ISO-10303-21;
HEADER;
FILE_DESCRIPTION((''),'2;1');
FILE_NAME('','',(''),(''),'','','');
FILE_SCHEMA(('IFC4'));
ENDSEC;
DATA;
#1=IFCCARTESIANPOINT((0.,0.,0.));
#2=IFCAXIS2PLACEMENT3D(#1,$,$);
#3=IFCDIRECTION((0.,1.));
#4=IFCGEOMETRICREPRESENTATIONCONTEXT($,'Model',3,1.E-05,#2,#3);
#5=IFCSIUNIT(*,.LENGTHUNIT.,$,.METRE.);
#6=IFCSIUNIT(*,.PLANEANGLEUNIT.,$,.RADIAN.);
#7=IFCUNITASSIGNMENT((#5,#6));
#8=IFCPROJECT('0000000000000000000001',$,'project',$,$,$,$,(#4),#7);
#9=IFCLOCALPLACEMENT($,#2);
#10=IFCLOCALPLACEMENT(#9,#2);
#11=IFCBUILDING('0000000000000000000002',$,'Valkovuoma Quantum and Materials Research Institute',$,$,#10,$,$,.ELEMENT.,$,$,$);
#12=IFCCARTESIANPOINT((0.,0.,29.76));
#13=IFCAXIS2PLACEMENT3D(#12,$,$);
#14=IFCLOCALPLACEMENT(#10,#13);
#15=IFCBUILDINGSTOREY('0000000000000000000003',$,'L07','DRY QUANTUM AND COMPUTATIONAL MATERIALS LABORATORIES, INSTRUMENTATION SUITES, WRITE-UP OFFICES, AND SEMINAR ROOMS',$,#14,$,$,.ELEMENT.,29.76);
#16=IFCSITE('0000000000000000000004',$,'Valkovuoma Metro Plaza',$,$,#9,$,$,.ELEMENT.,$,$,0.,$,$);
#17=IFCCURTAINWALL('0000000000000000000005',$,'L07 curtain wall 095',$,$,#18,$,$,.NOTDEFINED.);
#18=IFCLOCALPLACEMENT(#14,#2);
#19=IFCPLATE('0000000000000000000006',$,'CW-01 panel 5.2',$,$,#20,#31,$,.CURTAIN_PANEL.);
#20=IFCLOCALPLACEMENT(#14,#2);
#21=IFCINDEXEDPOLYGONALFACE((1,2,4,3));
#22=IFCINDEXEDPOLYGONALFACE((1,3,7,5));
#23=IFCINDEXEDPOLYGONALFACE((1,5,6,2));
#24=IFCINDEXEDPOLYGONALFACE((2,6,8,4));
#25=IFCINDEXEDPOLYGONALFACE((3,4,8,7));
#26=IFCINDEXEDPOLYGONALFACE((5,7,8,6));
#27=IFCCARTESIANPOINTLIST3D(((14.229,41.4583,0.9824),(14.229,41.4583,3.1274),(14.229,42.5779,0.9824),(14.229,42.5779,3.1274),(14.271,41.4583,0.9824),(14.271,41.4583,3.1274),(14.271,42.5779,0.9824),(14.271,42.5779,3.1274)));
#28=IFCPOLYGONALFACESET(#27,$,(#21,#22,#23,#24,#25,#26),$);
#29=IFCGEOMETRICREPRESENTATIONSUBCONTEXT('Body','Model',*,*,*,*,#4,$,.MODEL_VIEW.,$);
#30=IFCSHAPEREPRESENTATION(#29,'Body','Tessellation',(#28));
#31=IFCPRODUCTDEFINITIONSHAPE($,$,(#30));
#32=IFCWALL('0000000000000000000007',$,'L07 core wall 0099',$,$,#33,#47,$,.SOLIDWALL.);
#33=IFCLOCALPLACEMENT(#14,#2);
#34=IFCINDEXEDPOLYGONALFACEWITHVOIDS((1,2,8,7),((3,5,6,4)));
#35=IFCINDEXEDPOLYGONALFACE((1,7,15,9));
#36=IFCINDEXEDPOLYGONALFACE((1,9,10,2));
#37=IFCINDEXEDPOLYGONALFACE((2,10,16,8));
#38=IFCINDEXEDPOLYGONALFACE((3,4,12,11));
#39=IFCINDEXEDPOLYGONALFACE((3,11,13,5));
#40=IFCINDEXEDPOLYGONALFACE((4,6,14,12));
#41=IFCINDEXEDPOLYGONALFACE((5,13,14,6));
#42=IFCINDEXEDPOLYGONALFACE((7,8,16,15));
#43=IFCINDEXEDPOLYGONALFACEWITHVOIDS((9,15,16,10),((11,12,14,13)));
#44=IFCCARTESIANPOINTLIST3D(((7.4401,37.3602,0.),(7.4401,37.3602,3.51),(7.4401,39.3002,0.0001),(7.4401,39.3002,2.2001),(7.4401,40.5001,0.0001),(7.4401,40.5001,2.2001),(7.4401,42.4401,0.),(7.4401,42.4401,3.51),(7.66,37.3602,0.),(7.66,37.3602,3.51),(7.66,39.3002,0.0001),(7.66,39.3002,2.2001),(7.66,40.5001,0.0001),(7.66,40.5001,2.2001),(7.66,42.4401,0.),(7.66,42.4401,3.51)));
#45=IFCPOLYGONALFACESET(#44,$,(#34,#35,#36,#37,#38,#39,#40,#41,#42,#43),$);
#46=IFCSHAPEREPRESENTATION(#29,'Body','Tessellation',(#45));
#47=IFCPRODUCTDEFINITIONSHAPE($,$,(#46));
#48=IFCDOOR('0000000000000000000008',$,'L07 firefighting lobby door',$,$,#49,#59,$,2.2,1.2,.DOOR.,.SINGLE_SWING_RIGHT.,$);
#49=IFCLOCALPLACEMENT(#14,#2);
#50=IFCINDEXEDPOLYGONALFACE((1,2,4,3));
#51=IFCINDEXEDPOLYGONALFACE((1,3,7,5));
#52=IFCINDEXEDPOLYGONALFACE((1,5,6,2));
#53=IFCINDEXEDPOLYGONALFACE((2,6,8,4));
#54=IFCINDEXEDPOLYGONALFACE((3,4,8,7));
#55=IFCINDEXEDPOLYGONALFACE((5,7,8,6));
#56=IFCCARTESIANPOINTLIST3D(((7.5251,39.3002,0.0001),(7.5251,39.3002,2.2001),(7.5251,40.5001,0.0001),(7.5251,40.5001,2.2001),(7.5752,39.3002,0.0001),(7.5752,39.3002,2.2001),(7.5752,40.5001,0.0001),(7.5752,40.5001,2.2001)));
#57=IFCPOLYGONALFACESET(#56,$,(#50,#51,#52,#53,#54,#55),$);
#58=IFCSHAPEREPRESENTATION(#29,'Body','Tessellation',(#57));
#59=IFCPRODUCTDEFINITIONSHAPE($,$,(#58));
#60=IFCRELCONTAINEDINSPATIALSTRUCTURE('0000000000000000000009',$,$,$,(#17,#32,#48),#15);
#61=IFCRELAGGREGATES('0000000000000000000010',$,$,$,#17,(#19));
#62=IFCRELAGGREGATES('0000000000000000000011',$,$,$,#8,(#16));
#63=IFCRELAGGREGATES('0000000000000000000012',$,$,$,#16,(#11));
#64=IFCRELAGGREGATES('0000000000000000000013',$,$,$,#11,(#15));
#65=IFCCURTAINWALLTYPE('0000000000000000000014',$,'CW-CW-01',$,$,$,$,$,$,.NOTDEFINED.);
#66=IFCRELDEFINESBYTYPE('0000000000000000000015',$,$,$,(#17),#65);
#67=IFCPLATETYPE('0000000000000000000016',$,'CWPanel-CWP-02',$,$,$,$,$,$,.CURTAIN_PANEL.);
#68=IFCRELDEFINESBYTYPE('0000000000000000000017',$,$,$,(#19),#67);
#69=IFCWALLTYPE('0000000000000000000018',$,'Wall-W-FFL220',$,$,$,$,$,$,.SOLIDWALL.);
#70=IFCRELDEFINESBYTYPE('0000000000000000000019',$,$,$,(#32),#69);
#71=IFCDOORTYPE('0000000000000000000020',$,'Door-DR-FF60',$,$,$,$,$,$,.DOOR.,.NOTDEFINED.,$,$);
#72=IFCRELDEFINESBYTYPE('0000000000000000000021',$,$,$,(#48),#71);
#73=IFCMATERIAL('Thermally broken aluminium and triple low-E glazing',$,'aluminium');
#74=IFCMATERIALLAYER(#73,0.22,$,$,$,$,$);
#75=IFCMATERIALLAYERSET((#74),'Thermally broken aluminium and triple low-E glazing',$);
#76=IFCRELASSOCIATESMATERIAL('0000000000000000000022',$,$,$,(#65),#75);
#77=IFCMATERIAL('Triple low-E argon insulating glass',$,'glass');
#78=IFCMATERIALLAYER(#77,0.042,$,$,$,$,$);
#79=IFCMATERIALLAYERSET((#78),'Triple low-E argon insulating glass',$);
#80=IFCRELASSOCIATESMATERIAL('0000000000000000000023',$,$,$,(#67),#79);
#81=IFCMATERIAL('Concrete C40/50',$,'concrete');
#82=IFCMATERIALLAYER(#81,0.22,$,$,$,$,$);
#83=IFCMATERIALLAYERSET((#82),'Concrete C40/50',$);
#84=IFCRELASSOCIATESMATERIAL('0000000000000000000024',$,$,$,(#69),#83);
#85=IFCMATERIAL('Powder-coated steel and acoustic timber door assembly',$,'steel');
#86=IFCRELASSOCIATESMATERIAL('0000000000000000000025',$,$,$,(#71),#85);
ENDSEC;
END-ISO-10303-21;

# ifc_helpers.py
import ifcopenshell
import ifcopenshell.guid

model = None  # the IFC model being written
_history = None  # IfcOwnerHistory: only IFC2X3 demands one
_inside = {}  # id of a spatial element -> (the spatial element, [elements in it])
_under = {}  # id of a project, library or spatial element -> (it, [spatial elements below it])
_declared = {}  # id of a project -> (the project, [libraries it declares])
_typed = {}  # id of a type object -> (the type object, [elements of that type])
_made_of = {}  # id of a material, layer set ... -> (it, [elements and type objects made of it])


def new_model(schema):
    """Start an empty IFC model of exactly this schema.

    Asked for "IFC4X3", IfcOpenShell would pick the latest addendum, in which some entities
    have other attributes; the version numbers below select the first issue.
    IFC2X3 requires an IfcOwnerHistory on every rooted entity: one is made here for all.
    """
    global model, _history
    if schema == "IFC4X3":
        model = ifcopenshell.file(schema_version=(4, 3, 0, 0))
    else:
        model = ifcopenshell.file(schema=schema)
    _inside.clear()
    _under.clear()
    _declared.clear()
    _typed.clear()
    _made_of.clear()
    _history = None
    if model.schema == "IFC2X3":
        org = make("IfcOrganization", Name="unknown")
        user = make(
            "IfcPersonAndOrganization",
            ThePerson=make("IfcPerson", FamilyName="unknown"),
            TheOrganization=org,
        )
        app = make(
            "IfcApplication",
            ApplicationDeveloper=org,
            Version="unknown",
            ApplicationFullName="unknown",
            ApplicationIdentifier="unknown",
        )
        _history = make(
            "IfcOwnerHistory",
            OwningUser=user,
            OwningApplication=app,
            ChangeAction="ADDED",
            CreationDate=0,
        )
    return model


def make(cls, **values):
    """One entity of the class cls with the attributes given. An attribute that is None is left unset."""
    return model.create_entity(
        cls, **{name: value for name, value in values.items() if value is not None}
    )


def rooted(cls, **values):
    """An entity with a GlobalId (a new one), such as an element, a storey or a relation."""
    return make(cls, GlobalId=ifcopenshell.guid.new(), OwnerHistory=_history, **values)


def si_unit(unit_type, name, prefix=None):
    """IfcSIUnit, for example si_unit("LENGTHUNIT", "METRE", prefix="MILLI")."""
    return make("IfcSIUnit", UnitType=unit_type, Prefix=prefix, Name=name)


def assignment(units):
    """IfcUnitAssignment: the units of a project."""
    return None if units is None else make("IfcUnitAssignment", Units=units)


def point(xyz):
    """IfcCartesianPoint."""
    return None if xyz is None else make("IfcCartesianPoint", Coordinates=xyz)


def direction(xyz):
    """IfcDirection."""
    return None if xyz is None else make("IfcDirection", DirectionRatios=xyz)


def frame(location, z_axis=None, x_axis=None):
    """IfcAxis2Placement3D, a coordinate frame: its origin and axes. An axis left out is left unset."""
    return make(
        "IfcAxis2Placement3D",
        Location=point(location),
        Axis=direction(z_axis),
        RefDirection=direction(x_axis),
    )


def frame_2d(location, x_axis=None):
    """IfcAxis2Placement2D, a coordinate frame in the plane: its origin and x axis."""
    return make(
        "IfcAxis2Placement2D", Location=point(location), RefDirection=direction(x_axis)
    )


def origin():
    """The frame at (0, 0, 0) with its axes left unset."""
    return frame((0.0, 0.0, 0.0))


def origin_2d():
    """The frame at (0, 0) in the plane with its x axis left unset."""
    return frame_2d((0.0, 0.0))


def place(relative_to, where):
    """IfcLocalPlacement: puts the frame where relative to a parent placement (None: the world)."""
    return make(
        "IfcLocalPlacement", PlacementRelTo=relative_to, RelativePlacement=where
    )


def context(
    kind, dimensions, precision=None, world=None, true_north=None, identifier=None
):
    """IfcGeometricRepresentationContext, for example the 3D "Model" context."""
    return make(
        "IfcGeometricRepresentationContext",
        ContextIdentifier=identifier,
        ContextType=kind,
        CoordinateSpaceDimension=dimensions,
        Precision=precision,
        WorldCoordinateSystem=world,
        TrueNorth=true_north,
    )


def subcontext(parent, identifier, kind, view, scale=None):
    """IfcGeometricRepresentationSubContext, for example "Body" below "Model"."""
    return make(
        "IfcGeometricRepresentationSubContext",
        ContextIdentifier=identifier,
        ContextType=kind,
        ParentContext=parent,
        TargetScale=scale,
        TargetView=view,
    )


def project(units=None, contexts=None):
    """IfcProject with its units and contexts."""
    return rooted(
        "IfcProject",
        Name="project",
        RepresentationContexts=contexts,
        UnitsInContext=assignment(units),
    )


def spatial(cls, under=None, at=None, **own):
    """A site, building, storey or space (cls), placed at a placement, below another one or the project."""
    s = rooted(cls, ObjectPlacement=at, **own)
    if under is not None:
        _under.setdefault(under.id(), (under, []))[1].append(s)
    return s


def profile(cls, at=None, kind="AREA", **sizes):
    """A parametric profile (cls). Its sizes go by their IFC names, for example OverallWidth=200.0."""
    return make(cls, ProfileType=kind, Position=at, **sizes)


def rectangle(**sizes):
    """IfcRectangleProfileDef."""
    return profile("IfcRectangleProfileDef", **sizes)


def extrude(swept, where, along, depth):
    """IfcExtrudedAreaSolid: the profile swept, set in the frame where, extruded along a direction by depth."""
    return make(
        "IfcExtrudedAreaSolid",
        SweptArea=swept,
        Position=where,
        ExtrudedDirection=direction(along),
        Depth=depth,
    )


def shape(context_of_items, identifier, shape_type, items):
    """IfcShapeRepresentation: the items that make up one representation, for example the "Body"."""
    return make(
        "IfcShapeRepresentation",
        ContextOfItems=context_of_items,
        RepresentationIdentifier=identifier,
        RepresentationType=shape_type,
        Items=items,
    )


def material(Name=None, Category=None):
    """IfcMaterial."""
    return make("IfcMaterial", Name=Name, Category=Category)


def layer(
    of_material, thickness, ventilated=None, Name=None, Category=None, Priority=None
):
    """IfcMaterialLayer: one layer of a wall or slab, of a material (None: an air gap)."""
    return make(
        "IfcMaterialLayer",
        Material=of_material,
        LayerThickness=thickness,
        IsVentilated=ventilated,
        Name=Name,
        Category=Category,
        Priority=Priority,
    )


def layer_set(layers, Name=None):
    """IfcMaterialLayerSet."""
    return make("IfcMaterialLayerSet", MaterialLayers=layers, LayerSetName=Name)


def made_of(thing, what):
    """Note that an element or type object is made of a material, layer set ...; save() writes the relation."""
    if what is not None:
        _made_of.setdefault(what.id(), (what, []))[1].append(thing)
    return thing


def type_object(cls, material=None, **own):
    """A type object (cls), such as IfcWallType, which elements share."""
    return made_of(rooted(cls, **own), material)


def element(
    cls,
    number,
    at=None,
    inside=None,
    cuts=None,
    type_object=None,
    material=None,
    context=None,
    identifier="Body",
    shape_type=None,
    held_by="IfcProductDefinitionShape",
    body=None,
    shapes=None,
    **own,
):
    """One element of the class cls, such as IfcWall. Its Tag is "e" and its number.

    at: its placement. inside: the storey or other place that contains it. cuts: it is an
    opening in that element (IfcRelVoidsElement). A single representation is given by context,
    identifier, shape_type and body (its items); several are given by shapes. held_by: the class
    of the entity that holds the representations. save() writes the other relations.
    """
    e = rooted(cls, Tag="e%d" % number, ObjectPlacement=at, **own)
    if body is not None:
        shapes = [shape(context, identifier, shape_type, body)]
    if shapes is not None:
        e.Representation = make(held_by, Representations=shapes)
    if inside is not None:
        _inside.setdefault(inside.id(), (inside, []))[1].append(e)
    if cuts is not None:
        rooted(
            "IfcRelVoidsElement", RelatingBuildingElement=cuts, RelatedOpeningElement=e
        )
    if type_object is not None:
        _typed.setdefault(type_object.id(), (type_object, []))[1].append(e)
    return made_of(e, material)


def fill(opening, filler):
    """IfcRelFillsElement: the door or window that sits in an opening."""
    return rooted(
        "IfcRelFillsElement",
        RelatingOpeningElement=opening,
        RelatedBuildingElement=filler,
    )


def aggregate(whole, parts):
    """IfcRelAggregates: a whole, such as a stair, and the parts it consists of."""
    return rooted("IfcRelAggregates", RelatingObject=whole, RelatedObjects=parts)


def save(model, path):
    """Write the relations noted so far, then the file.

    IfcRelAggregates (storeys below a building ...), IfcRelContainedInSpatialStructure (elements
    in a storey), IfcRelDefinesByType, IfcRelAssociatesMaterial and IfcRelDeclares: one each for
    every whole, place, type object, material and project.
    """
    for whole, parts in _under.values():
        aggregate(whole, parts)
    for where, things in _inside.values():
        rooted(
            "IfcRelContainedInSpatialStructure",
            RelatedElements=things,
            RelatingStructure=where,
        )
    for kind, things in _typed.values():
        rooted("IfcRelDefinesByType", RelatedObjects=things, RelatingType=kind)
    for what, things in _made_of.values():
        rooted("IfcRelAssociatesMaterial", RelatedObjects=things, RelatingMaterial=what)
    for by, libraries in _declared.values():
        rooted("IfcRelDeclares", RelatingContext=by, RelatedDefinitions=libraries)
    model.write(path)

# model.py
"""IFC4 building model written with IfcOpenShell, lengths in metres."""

from ifc_helpers import new_model, si_unit, direction, frame, frame_2d, origin, origin_2d, place, context, subcontext, project, spatial, rectangle, extrude, material, layer, layer_set, type_object, element, fill, aggregate, save


model = new_model("IFC4")

# Units and contexts
model_context = context("Model", 3, precision=1e-05, world=origin(), true_north=direction((0.0, 1.0)))
body_context = subcontext(model_context, "Body", "Model", "MODEL_VIEW")
ifc_project = project(units=[si_unit("LENGTHUNIT", "METRE"), si_unit("PLANEANGLEUNIT", "RADIAN")], contexts=[model_context])

# Site, building, storey
site_placement = place(None, origin())
site = spatial("IfcSite", under=ifc_project, at=site_placement, Name="Valkovuoma Metro Plaza", CompositionType="ELEMENT", RefElevation=0.0)
building_placement = place(site_placement, origin())
building = spatial("IfcBuilding", under=site, at=building_placement, Name="Valkovuoma Quantum and Materials Research Institute", CompositionType="ELEMENT")
storey_placement = place(building_placement, frame((0.0, 0.0, 29.76)))
storey = spatial("IfcBuildingStorey", under=building, at=storey_placement, Name="L07", Description="DRY QUANTUM AND COMPUTATIONAL MATERIALS LABORATORIES, INSTRUMENTATION SUITES, WRITE-UP OFFICES, AND SEMINAR ROOMS", CompositionType="ELEMENT", Elevation=29.76)

# Curtain wall, plate
ifc_material_1 = material(Name="Thermally broken aluminium and triple low-E glazing", Category="aluminium")
ifc_layer_1 = layer(ifc_material_1, 0.22)
ifc_layer_set_1 = layer_set([ifc_layer_1], Name="Thermally broken aluminium and triple low-E glazing")
curtain_wall_type = type_object("IfcCurtainWallType", Name="CW-CW-01", PredefinedType="NOTDEFINED", material=ifc_layer_set_1)
curtain_wall_placement = place(storey_placement, origin())
curtain_wall = element("IfcCurtainWall", 1, at=curtain_wall_placement, inside=storey, type_object=curtain_wall_type, Name="L07 curtain wall 095", PredefinedType="NOTDEFINED")
ifc_material_2 = material(Name="Triple low-E argon insulating glass", Category="glass")
ifc_layer_2 = layer(ifc_material_2, 0.042)
ifc_layer_set_2 = layer_set([ifc_layer_2], Name="Triple low-E argon insulating glass")
plate_type = type_object("IfcPlateType", Name="CWPanel-CWP-02", PredefinedType="CURTAIN_PANEL", material=ifc_layer_set_2)
plate_1_placement = place(storey_placement, frame((14.25, 42.0181, 0.9824), z_axis=(0.0, 0.0, 1.0), x_axis=(0.0, 1.0, 0.0)))
plate_1 = element("IfcPlate", 2, at=plate_1_placement, type_object=plate_type, Name="CW-01 panel 5.2", PredefinedType="CURTAIN_PANEL", context=body_context, shape_type="SweptSolid", body=[
    extrude(rectangle(XDim=1.1196, YDim=0.042, at=origin_2d()), origin(), (0.0, 0.0, 1.0), 2.145),
])
aggregate(curtain_wall, [plate_1])

# Wall, opening, door
ifc_material_3 = material(Name="Concrete C40/50", Category="concrete")
ifc_layer_3 = layer(ifc_material_3, 0.22)
ifc_layer_set_3 = layer_set([ifc_layer_3], Name="Concrete C40/50")
wall_type = type_object("IfcWallType", Name="Wall-W-FFL220", PredefinedType="SOLIDWALL", material=ifc_layer_set_3)
wall_placement = place(storey_placement, frame((7.55, 37.3601, 0.0), z_axis=(0.0, 0.0, 1.0), x_axis=(0.0, 1.0, 0.0)))
wall = element("IfcWall", 3, at=wall_placement, inside=storey, type_object=wall_type, Name="L07 core wall 0099", PredefinedType="SOLIDWALL", context=body_context, shape_type="SweptSolid", body=[
    extrude(rectangle(XDim=5.0798, YDim=0.22, at=frame_2d((2.54, 0.0))), origin(), (0.0, 0.0, 1.0), 3.51),
])
opening_placement = place(wall_placement, frame((1.9399, 0.0, 0.0)))
opening = element("IfcOpeningElement", 4, at=opening_placement, cuts=wall, PredefinedType="OPENING", context=body_context, shape_type="SweptSolid", body=[
    extrude(rectangle(XDim=1.2, YDim=2.2, at=frame_2d((0.6001, 1.1001))), frame((0.0, 0.1201, 0.0), z_axis=(0.0, -1.0, 0.0), x_axis=(1.0, 0.0, 0.0)), (0.0, 0.0, 1.0), 0.24),
])
ifc_material_4 = material(Name="Powder-coated steel and acoustic timber door assembly", Category="steel")
door_type = type_object("IfcDoorType", Name="Door-DR-FF60", OperationType="NOTDEFINED", PredefinedType="DOOR", material=ifc_material_4)
door_placement = place(opening_placement, origin())
door = element("IfcDoor", 5, at=door_placement, inside=storey, type_object=door_type, Name="L07 firefighting lobby door", OperationType="SINGLE_SWING_RIGHT", OverallHeight=2.2, OverallWidth=1.2, PredefinedType="DOOR", context=body_context, shape_type="SweptSolid", body=[
    extrude(rectangle(XDim=1.2, YDim=2.2, at=frame_2d((0.6001, 1.1001))), frame((0.0, 0.0249, 0.0), z_axis=(0.0, -1.0, 0.0), x_axis=(1.0, 0.0, 0.0)), (0.0, 0.0, 1.0), 0.05),
])
fill(opening, door)

save(model, "model.ifc")
